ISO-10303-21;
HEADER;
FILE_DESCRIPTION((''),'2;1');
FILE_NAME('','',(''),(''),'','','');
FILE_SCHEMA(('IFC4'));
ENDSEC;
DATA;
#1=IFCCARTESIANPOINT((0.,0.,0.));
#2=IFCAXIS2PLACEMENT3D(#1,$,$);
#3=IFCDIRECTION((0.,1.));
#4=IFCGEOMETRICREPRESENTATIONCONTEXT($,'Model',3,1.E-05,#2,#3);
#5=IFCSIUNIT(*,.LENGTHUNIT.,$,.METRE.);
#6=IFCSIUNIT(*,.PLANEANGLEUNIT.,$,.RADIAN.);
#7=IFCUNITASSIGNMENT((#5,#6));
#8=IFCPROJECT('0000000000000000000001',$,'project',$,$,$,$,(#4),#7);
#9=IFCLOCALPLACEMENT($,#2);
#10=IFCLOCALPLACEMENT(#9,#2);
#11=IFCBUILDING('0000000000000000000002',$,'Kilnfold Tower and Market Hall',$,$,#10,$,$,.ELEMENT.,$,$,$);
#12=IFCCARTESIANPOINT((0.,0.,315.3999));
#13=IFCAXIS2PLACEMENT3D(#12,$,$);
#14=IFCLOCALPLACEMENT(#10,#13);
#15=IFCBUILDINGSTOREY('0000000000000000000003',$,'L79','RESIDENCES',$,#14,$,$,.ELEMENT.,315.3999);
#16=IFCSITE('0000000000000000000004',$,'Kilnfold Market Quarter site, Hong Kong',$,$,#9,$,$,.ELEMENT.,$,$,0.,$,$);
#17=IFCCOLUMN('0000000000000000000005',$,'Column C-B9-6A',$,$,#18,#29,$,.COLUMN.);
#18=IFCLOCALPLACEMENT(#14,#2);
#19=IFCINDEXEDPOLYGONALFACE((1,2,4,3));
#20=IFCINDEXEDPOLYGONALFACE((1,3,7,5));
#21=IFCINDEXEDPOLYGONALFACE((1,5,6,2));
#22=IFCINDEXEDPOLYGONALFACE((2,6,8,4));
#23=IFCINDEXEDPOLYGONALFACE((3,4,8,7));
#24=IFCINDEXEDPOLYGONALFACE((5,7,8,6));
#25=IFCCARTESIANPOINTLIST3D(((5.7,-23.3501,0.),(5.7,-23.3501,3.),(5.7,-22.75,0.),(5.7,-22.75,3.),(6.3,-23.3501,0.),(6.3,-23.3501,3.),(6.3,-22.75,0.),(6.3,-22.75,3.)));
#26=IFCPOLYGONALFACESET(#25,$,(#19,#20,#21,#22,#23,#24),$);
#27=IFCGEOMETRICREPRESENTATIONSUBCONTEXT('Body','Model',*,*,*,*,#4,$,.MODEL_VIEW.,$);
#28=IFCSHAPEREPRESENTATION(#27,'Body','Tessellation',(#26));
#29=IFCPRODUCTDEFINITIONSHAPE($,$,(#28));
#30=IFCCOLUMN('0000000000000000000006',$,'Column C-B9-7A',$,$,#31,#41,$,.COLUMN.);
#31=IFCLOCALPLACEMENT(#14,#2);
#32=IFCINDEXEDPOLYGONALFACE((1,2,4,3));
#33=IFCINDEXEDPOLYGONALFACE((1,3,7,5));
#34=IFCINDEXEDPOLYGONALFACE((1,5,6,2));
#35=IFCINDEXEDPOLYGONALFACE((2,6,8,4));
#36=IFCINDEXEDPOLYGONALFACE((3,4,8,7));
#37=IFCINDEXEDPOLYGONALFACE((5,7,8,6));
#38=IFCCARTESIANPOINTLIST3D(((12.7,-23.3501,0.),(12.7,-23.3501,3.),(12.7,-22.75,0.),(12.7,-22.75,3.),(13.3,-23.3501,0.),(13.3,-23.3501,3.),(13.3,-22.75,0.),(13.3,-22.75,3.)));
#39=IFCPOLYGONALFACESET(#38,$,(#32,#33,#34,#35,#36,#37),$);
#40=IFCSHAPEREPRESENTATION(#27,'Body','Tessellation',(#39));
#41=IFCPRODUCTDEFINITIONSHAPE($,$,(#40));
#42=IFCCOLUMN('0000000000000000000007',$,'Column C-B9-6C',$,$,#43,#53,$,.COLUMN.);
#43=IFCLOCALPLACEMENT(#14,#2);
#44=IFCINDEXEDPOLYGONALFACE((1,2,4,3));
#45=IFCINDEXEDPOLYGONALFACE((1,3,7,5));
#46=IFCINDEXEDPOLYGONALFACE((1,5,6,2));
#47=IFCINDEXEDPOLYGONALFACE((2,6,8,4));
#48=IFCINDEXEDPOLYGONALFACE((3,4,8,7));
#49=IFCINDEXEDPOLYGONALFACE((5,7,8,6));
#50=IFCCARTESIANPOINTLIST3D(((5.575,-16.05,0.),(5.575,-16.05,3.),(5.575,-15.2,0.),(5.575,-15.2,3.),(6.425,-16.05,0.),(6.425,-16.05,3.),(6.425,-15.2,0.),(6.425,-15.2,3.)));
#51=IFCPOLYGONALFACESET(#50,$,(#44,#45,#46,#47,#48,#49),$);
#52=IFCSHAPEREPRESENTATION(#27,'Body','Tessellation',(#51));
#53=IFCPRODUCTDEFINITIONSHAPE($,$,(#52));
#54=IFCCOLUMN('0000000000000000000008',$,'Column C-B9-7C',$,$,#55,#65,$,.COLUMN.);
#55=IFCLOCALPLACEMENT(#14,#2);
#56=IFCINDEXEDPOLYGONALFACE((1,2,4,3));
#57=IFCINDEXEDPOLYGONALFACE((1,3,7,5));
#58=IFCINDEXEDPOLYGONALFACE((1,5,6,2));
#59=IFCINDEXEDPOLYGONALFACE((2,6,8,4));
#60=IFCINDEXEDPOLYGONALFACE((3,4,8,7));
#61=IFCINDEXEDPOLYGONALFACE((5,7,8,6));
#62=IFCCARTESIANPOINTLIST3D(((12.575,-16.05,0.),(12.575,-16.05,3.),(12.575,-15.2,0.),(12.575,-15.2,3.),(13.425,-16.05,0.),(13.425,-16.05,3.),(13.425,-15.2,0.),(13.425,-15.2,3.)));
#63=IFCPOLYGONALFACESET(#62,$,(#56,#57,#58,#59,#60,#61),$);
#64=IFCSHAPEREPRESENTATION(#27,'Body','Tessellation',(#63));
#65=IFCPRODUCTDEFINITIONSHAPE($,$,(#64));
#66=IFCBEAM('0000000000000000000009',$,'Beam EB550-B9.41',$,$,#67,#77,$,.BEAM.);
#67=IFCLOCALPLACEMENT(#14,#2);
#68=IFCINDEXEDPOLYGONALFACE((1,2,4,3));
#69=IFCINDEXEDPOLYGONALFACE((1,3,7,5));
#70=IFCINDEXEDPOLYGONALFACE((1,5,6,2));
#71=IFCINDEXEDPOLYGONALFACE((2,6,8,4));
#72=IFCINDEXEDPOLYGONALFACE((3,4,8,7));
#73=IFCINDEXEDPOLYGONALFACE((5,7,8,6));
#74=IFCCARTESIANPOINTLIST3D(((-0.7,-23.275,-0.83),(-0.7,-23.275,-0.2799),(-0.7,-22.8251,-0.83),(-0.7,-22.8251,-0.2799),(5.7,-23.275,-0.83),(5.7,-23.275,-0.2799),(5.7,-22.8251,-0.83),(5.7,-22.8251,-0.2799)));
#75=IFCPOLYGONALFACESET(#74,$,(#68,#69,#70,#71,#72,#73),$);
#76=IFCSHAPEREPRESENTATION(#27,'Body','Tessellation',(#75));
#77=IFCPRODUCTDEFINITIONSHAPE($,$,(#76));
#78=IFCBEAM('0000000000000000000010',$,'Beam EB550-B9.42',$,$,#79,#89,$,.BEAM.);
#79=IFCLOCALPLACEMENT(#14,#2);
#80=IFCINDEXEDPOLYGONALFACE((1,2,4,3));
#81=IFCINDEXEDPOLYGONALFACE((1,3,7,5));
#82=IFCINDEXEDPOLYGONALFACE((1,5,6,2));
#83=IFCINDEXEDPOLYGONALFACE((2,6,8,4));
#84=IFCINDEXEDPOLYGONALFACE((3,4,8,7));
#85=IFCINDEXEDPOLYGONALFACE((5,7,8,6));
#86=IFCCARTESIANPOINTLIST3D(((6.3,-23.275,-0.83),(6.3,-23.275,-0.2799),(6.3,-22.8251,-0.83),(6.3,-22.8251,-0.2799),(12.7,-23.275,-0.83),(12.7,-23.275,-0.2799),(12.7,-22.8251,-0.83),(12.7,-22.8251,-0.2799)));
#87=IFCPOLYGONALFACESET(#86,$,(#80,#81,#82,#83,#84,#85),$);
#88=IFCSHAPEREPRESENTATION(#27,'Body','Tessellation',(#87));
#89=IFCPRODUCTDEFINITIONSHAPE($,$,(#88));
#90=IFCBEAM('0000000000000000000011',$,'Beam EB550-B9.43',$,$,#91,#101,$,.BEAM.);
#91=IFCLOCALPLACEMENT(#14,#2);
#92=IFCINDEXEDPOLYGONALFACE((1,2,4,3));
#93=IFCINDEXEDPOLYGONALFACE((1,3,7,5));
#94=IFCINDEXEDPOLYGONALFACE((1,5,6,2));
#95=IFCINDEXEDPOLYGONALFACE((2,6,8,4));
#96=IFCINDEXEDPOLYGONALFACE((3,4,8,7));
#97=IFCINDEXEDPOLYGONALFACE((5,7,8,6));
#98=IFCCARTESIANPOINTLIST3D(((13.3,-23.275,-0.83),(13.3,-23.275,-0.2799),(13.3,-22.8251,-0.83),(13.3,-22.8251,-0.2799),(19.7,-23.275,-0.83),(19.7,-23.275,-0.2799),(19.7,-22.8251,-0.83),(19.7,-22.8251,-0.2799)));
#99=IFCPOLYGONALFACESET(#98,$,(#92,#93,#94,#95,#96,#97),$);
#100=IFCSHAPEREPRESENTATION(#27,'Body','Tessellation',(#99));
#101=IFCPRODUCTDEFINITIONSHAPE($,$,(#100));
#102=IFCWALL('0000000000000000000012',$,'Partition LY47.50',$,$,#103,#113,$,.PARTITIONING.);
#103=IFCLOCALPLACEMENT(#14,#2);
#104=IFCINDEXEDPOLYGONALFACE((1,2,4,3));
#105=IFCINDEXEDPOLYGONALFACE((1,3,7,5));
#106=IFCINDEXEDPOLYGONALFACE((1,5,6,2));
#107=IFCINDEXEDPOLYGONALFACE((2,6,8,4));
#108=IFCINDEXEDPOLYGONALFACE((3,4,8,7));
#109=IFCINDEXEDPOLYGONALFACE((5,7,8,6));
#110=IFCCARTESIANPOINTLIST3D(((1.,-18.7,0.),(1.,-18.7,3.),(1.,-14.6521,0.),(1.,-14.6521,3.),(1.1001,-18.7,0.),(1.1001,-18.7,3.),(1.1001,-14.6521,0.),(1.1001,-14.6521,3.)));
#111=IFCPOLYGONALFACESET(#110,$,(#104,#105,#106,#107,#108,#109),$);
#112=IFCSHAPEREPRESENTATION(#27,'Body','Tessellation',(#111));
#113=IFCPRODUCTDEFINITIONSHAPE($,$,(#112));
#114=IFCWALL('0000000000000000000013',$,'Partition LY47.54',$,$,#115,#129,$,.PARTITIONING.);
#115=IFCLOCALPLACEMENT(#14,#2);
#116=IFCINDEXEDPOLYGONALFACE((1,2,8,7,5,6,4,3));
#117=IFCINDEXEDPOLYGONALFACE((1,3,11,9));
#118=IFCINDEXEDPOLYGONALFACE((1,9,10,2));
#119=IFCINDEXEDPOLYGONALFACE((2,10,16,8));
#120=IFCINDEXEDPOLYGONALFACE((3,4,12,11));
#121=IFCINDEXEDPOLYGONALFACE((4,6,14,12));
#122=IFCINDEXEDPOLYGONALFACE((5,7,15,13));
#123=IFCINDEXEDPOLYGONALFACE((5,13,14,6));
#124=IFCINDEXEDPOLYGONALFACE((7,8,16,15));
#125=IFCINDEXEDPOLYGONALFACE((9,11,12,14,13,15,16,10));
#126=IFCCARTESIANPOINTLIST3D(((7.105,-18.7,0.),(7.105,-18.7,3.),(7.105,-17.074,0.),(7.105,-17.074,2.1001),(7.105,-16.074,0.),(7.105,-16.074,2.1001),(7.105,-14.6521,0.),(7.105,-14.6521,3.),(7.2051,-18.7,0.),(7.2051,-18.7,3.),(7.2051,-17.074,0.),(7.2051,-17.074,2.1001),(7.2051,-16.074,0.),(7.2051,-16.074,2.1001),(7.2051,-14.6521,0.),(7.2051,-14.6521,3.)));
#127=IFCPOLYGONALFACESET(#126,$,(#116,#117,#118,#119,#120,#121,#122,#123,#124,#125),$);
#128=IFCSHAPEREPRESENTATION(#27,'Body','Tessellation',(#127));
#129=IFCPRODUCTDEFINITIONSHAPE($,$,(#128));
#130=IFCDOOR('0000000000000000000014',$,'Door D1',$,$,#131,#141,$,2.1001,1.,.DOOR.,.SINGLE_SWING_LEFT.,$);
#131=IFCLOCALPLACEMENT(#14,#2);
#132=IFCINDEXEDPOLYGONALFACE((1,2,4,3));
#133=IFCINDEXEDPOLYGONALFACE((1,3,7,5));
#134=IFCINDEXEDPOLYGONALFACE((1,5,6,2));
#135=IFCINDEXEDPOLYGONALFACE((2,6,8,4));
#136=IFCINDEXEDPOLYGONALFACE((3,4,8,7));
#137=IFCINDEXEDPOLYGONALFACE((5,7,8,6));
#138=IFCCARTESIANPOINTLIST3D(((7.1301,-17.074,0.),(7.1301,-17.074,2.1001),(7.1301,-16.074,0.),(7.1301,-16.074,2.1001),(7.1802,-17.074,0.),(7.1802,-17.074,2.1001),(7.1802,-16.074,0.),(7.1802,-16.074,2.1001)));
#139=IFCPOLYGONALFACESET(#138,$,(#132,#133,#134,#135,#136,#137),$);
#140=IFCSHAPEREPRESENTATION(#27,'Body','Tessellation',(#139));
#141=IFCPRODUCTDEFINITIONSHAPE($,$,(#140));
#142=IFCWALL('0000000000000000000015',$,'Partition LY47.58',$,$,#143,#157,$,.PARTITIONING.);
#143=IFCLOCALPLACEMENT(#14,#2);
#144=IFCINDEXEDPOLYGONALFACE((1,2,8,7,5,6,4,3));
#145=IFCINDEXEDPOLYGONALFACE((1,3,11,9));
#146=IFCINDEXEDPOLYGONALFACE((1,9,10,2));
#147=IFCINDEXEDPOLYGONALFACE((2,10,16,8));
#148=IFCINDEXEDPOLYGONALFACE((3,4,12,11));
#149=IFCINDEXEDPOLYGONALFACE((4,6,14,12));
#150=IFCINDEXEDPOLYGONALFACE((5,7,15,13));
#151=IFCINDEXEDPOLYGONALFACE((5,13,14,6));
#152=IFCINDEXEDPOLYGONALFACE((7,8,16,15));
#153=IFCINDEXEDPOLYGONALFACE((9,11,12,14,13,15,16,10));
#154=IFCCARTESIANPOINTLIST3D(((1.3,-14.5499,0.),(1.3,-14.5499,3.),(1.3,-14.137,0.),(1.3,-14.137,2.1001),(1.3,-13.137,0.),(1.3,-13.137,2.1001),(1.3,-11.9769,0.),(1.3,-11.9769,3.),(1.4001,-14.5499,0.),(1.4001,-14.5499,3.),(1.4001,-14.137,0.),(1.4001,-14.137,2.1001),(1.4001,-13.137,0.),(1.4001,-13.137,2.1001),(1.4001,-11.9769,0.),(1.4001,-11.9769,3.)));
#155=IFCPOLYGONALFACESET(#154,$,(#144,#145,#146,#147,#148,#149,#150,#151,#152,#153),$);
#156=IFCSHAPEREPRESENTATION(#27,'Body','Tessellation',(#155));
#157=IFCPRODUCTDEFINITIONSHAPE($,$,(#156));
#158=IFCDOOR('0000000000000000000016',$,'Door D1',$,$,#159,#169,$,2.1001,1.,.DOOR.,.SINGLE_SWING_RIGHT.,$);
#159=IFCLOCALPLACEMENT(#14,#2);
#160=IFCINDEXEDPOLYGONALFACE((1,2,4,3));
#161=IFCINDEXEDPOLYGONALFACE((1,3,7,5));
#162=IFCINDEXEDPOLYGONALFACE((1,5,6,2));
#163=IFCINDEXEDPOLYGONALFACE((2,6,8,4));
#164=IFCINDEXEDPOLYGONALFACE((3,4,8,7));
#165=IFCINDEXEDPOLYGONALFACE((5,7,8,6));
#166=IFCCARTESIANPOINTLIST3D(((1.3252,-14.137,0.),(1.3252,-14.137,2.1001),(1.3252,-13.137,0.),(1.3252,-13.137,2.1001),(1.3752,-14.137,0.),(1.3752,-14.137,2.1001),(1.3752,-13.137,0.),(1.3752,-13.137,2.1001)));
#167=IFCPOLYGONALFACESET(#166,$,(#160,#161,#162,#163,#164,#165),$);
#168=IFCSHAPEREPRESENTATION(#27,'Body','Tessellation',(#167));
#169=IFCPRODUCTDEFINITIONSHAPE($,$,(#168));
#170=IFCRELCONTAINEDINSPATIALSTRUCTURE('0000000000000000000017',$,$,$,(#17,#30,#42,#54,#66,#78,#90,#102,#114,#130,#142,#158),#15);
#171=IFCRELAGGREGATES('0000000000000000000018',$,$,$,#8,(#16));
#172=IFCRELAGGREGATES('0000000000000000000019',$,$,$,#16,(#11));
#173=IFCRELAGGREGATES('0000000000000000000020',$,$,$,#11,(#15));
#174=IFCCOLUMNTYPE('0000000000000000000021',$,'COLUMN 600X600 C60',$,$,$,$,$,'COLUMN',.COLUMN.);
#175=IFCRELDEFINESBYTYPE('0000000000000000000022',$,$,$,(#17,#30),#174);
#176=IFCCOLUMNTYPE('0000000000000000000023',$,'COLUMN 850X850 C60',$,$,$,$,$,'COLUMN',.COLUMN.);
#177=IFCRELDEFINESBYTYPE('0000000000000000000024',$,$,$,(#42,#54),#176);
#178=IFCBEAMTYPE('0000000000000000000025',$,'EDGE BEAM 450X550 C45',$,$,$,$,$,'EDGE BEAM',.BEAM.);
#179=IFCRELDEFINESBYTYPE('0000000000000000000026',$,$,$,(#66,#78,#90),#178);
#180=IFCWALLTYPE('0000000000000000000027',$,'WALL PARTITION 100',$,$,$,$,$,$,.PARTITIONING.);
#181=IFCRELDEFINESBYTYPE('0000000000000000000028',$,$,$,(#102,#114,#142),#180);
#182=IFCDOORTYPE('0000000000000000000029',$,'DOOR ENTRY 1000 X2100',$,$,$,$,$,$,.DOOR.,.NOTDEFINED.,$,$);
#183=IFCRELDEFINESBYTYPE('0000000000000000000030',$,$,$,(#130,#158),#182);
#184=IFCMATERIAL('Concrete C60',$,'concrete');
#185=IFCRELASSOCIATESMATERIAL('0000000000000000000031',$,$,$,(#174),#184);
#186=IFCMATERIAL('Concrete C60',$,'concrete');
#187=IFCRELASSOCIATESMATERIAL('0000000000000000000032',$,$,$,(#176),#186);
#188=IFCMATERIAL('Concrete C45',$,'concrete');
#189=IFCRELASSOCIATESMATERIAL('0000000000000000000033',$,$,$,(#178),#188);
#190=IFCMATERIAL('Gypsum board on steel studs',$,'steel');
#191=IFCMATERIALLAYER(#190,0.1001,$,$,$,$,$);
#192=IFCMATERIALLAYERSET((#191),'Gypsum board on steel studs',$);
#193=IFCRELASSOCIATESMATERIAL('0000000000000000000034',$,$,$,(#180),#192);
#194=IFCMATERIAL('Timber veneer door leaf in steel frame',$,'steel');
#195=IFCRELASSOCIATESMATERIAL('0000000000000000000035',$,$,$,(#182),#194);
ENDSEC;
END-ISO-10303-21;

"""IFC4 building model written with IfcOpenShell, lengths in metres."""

from ifc_helpers import new_model, si_unit, direction, frame, frame_2d, origin, origin_2d, place, context, subcontext, project, spatial, rectangle, extrude, source, transform, mapped, material, layer, layer_set, material_profile, profile_set, type_object, element, fill, save


model = new_model("IFC4")

# Units and contexts
model_context = context("Model", 3, precision=1e-05, world=origin(), true_north=direction((0.0, 1.0)))
body_context = subcontext(model_context, "Body", "Model", "MODEL_VIEW")
ifc_project = project(units=[si_unit("LENGTHUNIT", "METRE"), si_unit("PLANEANGLEUNIT", "RADIAN")], contexts=[model_context])

# Site, building, storey
site_placement = place(None, origin())
site = spatial("IfcSite", under=ifc_project, at=site_placement, Name="Kilnfold Market Quarter site, Hong Kong", CompositionType="ELEMENT", RefElevation=0.0)
building_placement = place(site_placement, origin())
building = spatial("IfcBuilding", under=site, at=building_placement, Name="Kilnfold Tower and Market Hall", CompositionType="ELEMENT")
storey_placement = place(building_placement, frame((0.0, 0.0, 315.3999)))
storey = spatial("IfcBuildingStorey", under=building, at=storey_placement, Name="L79", Description="RESIDENCES", CompositionType="ELEMENT", Elevation=315.3999)

# Columns
ifc_material_1 = material(Name="Concrete C60", Category="concrete")
ifc_material_profile_1 = material_profile(ifc_material_1, rectangle(XDim=0.6001, YDim=0.6001, at=origin_2d()), Name="RC 600x600")
ifc_profile_set_1 = profile_set([ifc_material_profile_1], Name="Concrete C60")
column_type_1 = type_object("IfcColumnType", Name="COLUMN 600X600 C60", ElementType="COLUMN", PredefinedType="COLUMN", material=ifc_profile_set_1)
shared_shape_1 = source(origin(), body_context, "Body", "SweptSolid", [
    extrude(rectangle(XDim=0.6001, YDim=0.6001, at=origin_2d()), origin(), (0.0, 0.0, 1.0), 3.0),
])
for number, where, z_axis, x_axis, name in (
    (1, (6.0, -23.05, 0.0), (0.0, 0.0, 1.0), (1.0, 0.0, 0.0), "Column C-B9-6A"),
    (2, (13.0, -23.05, 0.0), (0.0, 0.0, 1.0), (1.0, 0.0, 0.0), "Column C-B9-7A"),
):
    element("IfcColumn", number, at=place(storey_placement, frame(where, z_axis=z_axis, x_axis=x_axis)), inside=storey, type_object=column_type_1, Name=name, PredefinedType="COLUMN", context=body_context, shape_type="MappedRepresentation", body=[
        mapped(shared_shape_1, transform((0.0, 0.0, 0.0))),
    ])
ifc_material_2 = material(Name="Concrete C60", Category="concrete")
ifc_material_profile_2 = material_profile(ifc_material_2, rectangle(XDim=0.8501, YDim=0.8501, at=origin_2d()), Name="RC 850x850")
ifc_profile_set_2 = profile_set([ifc_material_profile_2], Name="Concrete C60")
column_type_2 = type_object("IfcColumnType", Name="COLUMN 850X850 C60", ElementType="COLUMN", PredefinedType="COLUMN", material=ifc_profile_set_2)
shared_shape_2 = source(origin(), body_context, "Body", "SweptSolid", [
    extrude(rectangle(XDim=0.8501, YDim=0.8501, at=origin_2d()), origin(), (0.0, 0.0, 1.0), 3.0),
])
for number, where, z_axis, x_axis, name in (
    (3, (6.0, -15.625, 0.0), (0.0, 0.0, 1.0), (1.0, 0.0, 0.0), "Column C-B9-6C"),
    (4, (13.0, -15.625, 0.0), (0.0, 0.0, 1.0), (1.0, 0.0, 0.0), "Column C-B9-7C"),
):
    element("IfcColumn", number, at=place(storey_placement, frame(where, z_axis=z_axis, x_axis=x_axis)), inside=storey, type_object=column_type_2, Name=name, PredefinedType="COLUMN", context=body_context, shape_type="MappedRepresentation", body=[
        mapped(shared_shape_2, transform((0.0, 0.0, 0.0))),
    ])

# Beams
ifc_material_3 = material(Name="Concrete C45", Category="concrete")
ifc_material_profile_3 = material_profile(ifc_material_3, rectangle(XDim=0.45, YDim=0.55, at=origin_2d()), Name="RC 450x550")
ifc_profile_set_3 = profile_set([ifc_material_profile_3], Name="Concrete C45")
beam_type = type_object("IfcBeamType", Name="EDGE BEAM 450X550 C45", ElementType="EDGE BEAM", PredefinedType="BEAM", material=ifc_profile_set_3)
shared_shape_3 = source(origin(), body_context, "Body", "SweptSolid", [
    extrude(rectangle(XDim=0.45, YDim=0.55, at=origin_2d()), origin(), (0.0, 0.0, 1.0), 6.3999),
])
for number, where, z_axis, x_axis, name in (
    (5, (-0.7, -23.05, -0.5549), (1.0, 0.0, 0.0), (0.0, 1.0, 0.0), "Beam EB550-B9.41"),
    (6, (6.3, -23.05, -0.5549), (1.0, 0.0, 0.0), (0.0, 1.0, 0.0), "Beam EB550-B9.42"),
    (7, (13.3, -23.05, -0.5549), (1.0, 0.0, 0.0), (0.0, 1.0, 0.0), "Beam EB550-B9.43"),
):
    element("IfcBeam", number, at=place(storey_placement, frame(where, z_axis=z_axis, x_axis=x_axis)), inside=storey, type_object=beam_type, Name=name, PredefinedType="BEAM", context=body_context, shape_type="MappedRepresentation", body=[
        mapped(shared_shape_3, transform((0.0, 0.0, 0.0))),
    ])

# Wall
ifc_material_4 = material(Name="Gypsum board on steel studs", Category="steel")
ifc_layer_1 = layer(ifc_material_4, 0.1001)
ifc_layer_set_1 = layer_set([ifc_layer_1], Name="Gypsum board on steel studs")
wall_type_1 = type_object("IfcWallType", Name="WALL PARTITION 100", PredefinedType="PARTITIONING", material=ifc_layer_set_1)
wall_1_placement = place(storey_placement, frame((1.05, -18.7, 0.0), z_axis=(0.0, 0.0, 1.0), x_axis=(0.0, 1.0, 0.0)))
element("IfcWall", 8, at=wall_1_placement, inside=storey, type_object=wall_type_1, Name="Partition LY47.50", PredefinedType="PARTITIONING", context=body_context, shape_type="SweptSolid", body=[
    extrude(rectangle(XDim=4.0479, YDim=0.1001, at=frame_2d((2.0239, 0.0))), origin(), (0.0, 0.0, 1.0), 3.0),
])

# Walls, openings, doors
wall_2_placement = place(storey_placement, frame((7.155, -18.7, 0.0), z_axis=(0.0, 0.0, 1.0), x_axis=(0.0, 1.0, 0.0)))
wall_2 = element("IfcWall", 9, at=wall_2_placement, inside=storey, type_object=wall_type_1, Name="Partition LY47.54", PredefinedType="PARTITIONING", context=body_context, shape_type="SweptSolid", body=[
    extrude(rectangle(XDim=4.0479, YDim=0.1001, at=frame_2d((2.0239, 0.0))), origin(), (0.0, 0.0, 1.0), 3.0),
])
opening_1_placement = place(wall_2_placement, frame((1.626, 0.0, 0.0)))
opening_1 = element("IfcOpeningElement", 10, at=opening_1_placement, cuts=wall_2, PredefinedType="OPENING", context=body_context, shape_type="SweptSolid", body=[
    extrude(rectangle(XDim=1.0, YDim=2.1001, at=frame_2d((0.5, 1.05))), frame((0.0, 0.0601, 0.0), z_axis=(0.0, -1.0, 0.0), x_axis=(1.0, 0.0, 0.0)), (0.0, 0.0, 1.0), 0.1201),
])
ifc_material_5 = material(Name="Timber veneer door leaf in steel frame", Category="steel")
door_type_1 = type_object("IfcDoorType", Name="DOOR ENTRY 1000 X2100", OperationType="NOTDEFINED", PredefinedType="DOOR", material=ifc_material_5)
door_1_placement = place(opening_1_placement, origin())
door_1 = element("IfcDoor", 11, at=door_1_placement, inside=storey, type_object=door_type_1, Name="Door D1", OperationType="SINGLE_SWING_LEFT", OverallHeight=2.1001, OverallWidth=1.0, PredefinedType="DOOR", context=body_context, shape_type="SweptSolid", body=[
    extrude(rectangle(XDim=1.0, YDim=2.1001, at=frame_2d((0.5, 1.05))), frame((0.0, 0.0249, 0.0), z_axis=(0.0, -1.0, 0.0), x_axis=(1.0, 0.0, 0.0)), (0.0, 0.0, 1.0), 0.05),
])
fill(opening_1, door_1)
wall_3_placement = place(storey_placement, frame((1.3501, -14.55, 0.0), z_axis=(0.0, 0.0, 1.0), x_axis=(0.0, 1.0, 0.0)))
wall_3 = element("IfcWall", 12, at=wall_3_placement, inside=storey, type_object=wall_type_1, Name="Partition LY47.58", PredefinedType="PARTITIONING", context=body_context, shape_type="SweptSolid", body=[
    extrude(rectangle(XDim=2.573, YDim=0.1001, at=frame_2d((1.2866, 0.0))), origin(), (0.0, 0.0, 1.0), 3.0),
])
opening_2_placement = place(wall_3_placement, frame((0.4131, 0.0, 0.0)))
opening_2 = element("IfcOpeningElement", 13, at=opening_2_placement, cuts=wall_3, PredefinedType="OPENING", context=body_context, shape_type="SweptSolid", body=[
    extrude(rectangle(XDim=1.0, YDim=2.1001, at=frame_2d((0.5, 1.05))), frame((0.0, 0.0601, 0.0), z_axis=(0.0, -1.0, 0.0), x_axis=(1.0, 0.0, 0.0)), (0.0, 0.0, 1.0), 0.1201),
])
door_2_placement = place(opening_2_placement, origin())
door_2 = element("IfcDoor", 14, at=door_2_placement, inside=storey, type_object=door_type_1, Name="Door D1", OperationType="SINGLE_SWING_RIGHT", OverallHeight=2.1001, OverallWidth=1.0, PredefinedType="DOOR", context=body_context, shape_type="SweptSolid", body=[
    extrude(rectangle(XDim=1.0, YDim=2.1001, at=frame_2d((0.5, 1.05))), frame((0.0, 0.0249, 0.0), z_axis=(0.0, -1.0, 0.0), x_axis=(1.0, 0.0, 0.0)), (0.0, 0.0, 1.0), 0.05),
])
fill(opening_2, door_2)

save(model, "model.ifc")
